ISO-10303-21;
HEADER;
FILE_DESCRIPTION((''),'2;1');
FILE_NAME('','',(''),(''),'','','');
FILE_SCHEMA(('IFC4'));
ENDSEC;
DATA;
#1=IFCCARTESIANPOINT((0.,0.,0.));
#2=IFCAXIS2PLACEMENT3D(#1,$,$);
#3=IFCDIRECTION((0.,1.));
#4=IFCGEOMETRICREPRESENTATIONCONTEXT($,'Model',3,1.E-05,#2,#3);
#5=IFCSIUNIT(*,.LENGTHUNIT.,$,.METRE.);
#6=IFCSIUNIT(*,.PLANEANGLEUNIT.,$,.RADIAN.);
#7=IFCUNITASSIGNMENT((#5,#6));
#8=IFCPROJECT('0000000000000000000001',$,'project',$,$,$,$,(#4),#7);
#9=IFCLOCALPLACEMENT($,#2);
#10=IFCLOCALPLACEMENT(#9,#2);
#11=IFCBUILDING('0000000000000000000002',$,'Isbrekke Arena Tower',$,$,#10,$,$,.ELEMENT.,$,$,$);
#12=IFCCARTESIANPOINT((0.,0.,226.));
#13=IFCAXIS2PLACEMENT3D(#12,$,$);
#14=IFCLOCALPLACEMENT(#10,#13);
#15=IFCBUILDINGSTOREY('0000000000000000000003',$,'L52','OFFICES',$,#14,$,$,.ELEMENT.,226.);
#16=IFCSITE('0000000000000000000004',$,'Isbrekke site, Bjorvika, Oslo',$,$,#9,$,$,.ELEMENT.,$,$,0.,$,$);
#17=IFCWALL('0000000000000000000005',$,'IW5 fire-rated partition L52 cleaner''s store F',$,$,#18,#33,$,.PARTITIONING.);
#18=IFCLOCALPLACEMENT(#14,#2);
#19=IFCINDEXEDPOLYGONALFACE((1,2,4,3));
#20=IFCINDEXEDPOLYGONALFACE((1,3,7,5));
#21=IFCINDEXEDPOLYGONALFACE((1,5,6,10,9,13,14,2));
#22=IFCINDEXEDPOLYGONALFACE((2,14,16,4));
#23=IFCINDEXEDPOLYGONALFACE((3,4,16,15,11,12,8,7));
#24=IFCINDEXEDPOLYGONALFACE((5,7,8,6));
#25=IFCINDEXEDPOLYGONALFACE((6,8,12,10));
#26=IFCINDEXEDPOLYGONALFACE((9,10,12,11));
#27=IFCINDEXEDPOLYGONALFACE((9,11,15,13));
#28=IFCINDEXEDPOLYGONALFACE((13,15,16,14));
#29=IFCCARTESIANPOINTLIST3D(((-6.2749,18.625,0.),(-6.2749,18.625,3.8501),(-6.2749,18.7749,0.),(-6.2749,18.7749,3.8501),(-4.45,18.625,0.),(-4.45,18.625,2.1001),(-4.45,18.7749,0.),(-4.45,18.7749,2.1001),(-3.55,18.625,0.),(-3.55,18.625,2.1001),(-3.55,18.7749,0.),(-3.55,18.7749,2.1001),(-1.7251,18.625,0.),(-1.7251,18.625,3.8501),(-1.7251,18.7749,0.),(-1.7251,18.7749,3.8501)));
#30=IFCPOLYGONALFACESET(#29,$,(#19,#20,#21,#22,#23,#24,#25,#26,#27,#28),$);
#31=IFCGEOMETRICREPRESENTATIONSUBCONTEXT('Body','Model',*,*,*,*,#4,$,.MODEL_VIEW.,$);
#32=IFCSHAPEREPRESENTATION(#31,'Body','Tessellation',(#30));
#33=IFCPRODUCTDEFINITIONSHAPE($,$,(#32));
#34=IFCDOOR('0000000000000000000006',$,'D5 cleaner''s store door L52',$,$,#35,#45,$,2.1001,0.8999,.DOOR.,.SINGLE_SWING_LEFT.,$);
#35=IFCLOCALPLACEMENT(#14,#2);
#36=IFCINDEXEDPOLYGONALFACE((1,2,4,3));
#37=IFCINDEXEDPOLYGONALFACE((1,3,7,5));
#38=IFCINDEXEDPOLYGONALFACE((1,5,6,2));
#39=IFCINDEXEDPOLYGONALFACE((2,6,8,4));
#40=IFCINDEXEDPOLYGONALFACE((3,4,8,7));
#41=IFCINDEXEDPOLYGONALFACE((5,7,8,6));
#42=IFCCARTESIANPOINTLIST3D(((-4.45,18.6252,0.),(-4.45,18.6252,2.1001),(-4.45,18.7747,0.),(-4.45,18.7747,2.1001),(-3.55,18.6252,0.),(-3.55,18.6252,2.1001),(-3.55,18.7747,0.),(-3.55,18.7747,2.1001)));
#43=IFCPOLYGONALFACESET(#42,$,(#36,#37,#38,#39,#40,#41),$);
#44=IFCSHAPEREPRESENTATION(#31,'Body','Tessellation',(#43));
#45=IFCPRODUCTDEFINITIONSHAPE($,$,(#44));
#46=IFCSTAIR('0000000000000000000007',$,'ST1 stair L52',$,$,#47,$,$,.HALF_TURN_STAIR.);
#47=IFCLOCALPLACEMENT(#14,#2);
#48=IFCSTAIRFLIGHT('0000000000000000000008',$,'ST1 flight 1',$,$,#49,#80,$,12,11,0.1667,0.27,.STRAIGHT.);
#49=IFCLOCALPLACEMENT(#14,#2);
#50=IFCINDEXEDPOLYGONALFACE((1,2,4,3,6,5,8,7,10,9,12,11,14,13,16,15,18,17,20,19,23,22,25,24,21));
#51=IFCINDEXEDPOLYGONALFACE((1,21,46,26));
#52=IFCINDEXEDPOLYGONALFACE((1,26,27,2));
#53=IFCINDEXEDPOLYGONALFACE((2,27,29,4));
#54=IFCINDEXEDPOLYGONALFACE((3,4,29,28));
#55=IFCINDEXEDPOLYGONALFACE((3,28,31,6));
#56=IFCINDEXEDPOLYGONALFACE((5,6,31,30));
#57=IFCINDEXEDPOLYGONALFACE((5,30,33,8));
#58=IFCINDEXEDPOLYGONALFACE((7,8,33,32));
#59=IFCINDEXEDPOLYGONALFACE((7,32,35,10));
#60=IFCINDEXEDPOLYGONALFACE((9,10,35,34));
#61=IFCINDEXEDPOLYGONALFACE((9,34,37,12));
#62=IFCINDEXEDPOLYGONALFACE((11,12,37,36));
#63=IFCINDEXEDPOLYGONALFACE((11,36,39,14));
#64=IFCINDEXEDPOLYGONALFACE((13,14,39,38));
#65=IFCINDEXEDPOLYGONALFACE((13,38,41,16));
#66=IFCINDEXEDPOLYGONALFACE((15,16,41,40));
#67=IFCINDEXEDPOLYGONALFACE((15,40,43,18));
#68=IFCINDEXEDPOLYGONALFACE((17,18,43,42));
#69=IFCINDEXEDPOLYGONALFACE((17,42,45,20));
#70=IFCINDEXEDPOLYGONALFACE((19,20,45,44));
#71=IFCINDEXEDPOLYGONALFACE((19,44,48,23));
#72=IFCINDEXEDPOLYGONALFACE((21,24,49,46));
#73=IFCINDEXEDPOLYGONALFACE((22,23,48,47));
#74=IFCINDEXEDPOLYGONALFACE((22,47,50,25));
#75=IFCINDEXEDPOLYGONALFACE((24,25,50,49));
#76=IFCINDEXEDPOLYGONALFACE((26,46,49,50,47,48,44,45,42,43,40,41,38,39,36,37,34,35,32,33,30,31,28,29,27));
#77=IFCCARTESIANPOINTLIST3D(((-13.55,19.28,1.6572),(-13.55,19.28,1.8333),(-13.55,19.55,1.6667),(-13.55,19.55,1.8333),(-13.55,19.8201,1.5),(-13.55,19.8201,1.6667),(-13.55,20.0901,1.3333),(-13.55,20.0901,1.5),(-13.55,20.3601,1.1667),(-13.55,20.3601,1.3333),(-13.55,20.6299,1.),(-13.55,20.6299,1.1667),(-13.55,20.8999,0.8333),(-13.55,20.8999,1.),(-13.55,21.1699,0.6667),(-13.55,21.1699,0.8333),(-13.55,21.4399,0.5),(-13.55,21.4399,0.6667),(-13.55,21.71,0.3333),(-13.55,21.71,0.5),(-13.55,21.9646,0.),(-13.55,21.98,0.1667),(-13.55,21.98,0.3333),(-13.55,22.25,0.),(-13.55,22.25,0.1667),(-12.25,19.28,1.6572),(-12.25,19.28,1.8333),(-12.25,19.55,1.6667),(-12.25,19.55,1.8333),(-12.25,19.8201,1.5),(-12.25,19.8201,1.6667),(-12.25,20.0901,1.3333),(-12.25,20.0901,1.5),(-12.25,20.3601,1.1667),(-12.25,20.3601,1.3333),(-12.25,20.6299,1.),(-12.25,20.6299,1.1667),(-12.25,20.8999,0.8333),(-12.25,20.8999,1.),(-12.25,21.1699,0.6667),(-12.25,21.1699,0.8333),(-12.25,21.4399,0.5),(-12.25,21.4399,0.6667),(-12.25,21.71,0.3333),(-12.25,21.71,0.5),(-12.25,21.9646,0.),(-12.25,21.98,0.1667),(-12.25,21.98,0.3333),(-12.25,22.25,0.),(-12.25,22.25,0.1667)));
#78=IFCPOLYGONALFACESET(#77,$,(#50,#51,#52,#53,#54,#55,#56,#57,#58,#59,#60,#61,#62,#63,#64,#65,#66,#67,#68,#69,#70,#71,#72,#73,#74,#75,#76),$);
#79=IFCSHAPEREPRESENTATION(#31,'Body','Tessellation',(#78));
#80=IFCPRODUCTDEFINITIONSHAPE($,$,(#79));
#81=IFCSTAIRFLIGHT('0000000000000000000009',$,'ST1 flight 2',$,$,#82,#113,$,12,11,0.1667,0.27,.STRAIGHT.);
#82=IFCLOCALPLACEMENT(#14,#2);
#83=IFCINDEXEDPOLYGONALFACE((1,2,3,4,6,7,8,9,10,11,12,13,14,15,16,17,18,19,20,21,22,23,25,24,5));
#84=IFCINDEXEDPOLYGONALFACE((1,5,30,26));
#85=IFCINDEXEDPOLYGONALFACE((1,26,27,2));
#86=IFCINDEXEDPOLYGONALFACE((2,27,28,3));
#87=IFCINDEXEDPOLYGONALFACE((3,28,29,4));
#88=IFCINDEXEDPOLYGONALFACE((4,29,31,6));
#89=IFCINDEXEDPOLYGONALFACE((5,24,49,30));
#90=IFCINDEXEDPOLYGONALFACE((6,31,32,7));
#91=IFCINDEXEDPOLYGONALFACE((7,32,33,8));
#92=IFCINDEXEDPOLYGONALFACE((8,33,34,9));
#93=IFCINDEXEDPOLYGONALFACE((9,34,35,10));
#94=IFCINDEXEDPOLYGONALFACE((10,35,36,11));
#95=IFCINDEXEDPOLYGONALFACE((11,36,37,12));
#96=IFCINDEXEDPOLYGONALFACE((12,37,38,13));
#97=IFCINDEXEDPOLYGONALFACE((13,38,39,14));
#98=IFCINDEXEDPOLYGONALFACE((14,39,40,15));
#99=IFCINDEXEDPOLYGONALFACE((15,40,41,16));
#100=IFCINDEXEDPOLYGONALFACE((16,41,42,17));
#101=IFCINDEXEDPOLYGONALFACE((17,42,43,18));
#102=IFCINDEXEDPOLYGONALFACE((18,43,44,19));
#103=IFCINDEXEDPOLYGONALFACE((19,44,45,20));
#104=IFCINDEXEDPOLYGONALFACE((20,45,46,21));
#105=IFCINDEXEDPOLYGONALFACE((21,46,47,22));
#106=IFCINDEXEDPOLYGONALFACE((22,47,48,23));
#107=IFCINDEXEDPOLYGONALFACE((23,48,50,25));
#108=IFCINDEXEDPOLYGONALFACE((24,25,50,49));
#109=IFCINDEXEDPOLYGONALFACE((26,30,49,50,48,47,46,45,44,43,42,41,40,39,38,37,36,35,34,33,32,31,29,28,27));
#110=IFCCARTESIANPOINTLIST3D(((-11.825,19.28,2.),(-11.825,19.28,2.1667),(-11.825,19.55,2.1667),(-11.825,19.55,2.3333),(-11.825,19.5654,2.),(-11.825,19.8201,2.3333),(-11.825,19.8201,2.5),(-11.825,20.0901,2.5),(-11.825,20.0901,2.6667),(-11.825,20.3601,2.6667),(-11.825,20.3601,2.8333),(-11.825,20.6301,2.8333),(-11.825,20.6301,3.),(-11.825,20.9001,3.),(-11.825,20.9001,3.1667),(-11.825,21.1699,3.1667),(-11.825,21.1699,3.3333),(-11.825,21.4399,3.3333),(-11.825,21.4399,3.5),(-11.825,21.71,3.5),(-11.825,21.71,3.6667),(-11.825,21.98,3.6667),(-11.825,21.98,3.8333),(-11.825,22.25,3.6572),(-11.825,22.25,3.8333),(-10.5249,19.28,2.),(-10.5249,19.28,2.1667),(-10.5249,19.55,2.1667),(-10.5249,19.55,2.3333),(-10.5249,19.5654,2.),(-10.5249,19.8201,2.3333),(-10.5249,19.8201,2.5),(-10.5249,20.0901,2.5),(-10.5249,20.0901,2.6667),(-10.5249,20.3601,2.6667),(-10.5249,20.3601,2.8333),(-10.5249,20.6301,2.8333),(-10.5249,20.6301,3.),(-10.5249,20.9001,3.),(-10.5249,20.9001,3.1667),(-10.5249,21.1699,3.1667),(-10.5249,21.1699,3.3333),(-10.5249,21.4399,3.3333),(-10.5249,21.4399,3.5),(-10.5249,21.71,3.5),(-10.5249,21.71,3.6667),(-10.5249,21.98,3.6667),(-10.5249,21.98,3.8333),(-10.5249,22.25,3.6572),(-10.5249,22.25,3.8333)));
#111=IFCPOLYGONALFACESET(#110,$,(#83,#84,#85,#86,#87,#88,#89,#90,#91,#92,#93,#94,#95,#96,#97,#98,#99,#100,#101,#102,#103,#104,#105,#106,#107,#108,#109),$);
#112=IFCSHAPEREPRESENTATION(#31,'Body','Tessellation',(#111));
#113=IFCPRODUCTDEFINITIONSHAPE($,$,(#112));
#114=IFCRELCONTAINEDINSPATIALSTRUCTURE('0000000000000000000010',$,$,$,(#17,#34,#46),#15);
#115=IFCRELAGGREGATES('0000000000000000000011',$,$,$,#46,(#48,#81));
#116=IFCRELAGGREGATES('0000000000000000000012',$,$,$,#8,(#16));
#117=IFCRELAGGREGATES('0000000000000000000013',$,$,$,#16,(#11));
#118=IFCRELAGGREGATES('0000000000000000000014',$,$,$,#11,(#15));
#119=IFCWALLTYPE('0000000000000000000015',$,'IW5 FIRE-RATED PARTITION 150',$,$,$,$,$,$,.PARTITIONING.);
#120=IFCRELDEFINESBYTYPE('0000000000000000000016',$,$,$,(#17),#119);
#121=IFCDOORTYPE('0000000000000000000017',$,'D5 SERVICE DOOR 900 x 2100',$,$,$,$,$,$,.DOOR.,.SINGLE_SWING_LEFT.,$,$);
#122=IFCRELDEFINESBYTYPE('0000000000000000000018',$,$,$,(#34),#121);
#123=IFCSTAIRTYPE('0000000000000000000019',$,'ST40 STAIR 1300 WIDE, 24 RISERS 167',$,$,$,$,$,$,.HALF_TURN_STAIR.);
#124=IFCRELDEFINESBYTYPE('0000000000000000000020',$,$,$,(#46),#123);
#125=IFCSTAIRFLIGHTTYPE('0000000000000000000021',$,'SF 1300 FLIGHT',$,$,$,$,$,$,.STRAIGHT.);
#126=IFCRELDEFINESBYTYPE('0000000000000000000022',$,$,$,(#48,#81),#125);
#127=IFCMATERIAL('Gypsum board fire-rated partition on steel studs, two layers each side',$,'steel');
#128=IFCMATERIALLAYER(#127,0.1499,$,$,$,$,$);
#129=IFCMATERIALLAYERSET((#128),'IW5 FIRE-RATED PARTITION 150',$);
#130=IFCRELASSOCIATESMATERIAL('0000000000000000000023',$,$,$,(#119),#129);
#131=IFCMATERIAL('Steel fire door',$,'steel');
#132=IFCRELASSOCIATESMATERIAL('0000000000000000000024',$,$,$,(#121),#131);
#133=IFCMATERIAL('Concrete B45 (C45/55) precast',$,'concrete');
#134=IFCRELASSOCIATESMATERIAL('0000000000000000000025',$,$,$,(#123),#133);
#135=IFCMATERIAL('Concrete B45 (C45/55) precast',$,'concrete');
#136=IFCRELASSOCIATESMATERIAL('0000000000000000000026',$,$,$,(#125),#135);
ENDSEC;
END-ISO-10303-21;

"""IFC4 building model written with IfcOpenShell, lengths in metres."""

from ifc_helpers import new_model, si_unit, direction, frame, frame_2d, origin, place, context, subcontext, project, spatial, polyline, rectangle, outline, extrude, material, layer, layer_set, type_object, element, fill, aggregate, save


model = new_model("IFC4")

# Units and contexts
model_context = context("Model", 3, precision=1e-05, world=origin(), true_north=direction((0.0, 1.0)))
body_context = subcontext(model_context, "Body", "Model", "MODEL_VIEW")
ifc_project = project(units=[si_unit("LENGTHUNIT", "METRE"), si_unit("PLANEANGLEUNIT", "RADIAN")], contexts=[model_context])

# Site, building, storey
site_placement = place(None, origin())
site = spatial("IfcSite", under=ifc_project, at=site_placement, Name="Isbrekke site, Bjorvika, Oslo", CompositionType="ELEMENT", RefElevation=0.0)
building_placement = place(site_placement, origin())
building = spatial("IfcBuilding", under=site, at=building_placement, Name="Isbrekke Arena Tower", CompositionType="ELEMENT")
storey_placement = place(building_placement, frame((0.0, 0.0, 226.0)))
storey = spatial("IfcBuildingStorey", under=building, at=storey_placement, Name="L52", Description="OFFICES", CompositionType="ELEMENT", Elevation=226.0)

# Wall, opening, door
ifc_material_1 = material(Name="Gypsum board fire-rated partition on steel studs, two layers each side", Category="steel")
ifc_layer_1 = layer(ifc_material_1, 0.1499)
ifc_layer_set_1 = layer_set([ifc_layer_1], Name="IW5 FIRE-RATED PARTITION 150")
wall_type_1 = type_object("IfcWallType", Name="IW5 FIRE-RATED PARTITION 150", PredefinedType="PARTITIONING", material=ifc_layer_set_1)
wall_1_placement = place(storey_placement, frame((-6.2749, 18.7, 0.0), z_axis=(0.0, 0.0, 1.0), x_axis=(1.0, 0.0, 0.0)))
wall_1 = element("IfcWall", 1, at=wall_1_placement, inside=storey, type_object=wall_type_1, Name="IW5 fire-rated partition L52 cleaner's store F", PredefinedType="PARTITIONING", context=body_context, shape_type="SweptSolid", body=[
    extrude(rectangle(XDim=4.5498, YDim=0.1499, at=frame_2d((2.2749, 0.0))), origin(), (0.0, 0.0, 1.0), 3.8501),
])
opening_1_placement = place(wall_1_placement, frame((1.825, 0.0, 0.0)))
opening_1 = element("IfcOpeningElement", 2, at=opening_1_placement, cuts=wall_1, PredefinedType="OPENING", context=body_context, shape_type="SweptSolid", body=[
    extrude(rectangle(XDim=0.8999, YDim=2.1001, at=frame_2d((0.45, 1.05))), frame((0.0, 0.0898, 0.0), z_axis=(0.0, -1.0, 0.0), x_axis=(1.0, 0.0, 0.0)), (0.0, 0.0, 1.0), 0.1797),
])
ifc_material_2 = material(Name="Steel fire door", Category="steel")
door_type_1 = type_object("IfcDoorType", Name="D5 SERVICE DOOR 900 x 2100", OperationType="SINGLE_SWING_LEFT", PredefinedType="DOOR", material=ifc_material_2)
door_1_placement = place(opening_1_placement, origin())
door_1 = element("IfcDoor", 3, at=door_1_placement, inside=storey, type_object=door_type_1, Name="D5 cleaner's store door L52", OperationType="SINGLE_SWING_LEFT", OverallHeight=2.1001, OverallWidth=0.8999, PredefinedType="DOOR", context=body_context, shape_type="SweptSolid", body=[
    extrude(rectangle(XDim=0.8999, YDim=2.1001, at=frame_2d((0.45, 1.05))), frame((0.0, 0.0747, 0.0), z_axis=(0.0, -1.0, 0.0), x_axis=(1.0, 0.0, 0.0)), (0.0, 0.0, 1.0), 0.1494),
])
fill(opening_1, door_1)

# Stair, stair flights
ifc_material_3 = material(Name="Concrete B45 (C45/55) precast", Category="concrete")
stair_type = type_object("IfcStairType", Name="ST40 STAIR 1300 WIDE, 24 RISERS 167", PredefinedType="HALF_TURN_STAIR", material=ifc_material_3)
stair_placement = place(storey_placement, origin())
stair = element("IfcStair", 4, at=stair_placement, inside=storey, type_object=stair_type, Name="ST1 stair L52", PredefinedType="HALF_TURN_STAIR")
ifc_material_4 = material(Name="Concrete B45 (C45/55) precast", Category="concrete")
stair_flight_type = type_object("IfcStairFlightType", Name="SF 1300 FLIGHT", PredefinedType="STRAIGHT", material=ifc_material_4)
stair_flight_1_placement = place(storey_placement, frame((-12.8999, 22.25, 0.0), z_axis=(0.0, 0.0, 1.0), x_axis=(0.0, -1.0, 0.0)))
stair_flight_1 = element("IfcStairFlight", 5, at=stair_flight_1_placement, type_object=stair_flight_type, Name="ST1 flight 1", NumberOfRisers=12, NumberOfTreads=11, PredefinedType="STRAIGHT", RiserHeight=0.1667, TreadLength=0.27, context=body_context, shape_type="SweptSolid", body=[
    extrude(outline(polyline([(0.0, 0.0), (0.0, 0.1667), (0.27, 0.1667), (0.27, 0.3333), (0.54, 0.3333), (0.54, 0.5), (0.8101, 0.5), (0.8101, 0.6667), (1.0801, 0.6667), (1.0801, 0.8333), (1.3501, 0.8333), (1.3501, 1.0), (1.6201, 1.0), (1.6201, 1.1667), (1.8899, 1.1667), (1.8899, 1.3333), (2.1599, 1.3333), (2.1599, 1.5), (2.4299, 1.5), (2.4299, 1.6667), (2.7, 1.6667), (2.7, 1.8333), (2.97, 1.8333), (2.97, 2.0), (2.97, 1.6572), (0.2854, 0.0), (0.0, 0.0)])), frame((0.0, 0.6499, 0.0), z_axis=(0.0, -1.0, 0.0), x_axis=(1.0, 0.0, 0.0)), (0.0, 0.0, 1.0), 1.3),
])
stair_flight_2_placement = place(storey_placement, frame((-11.175, 19.28, 2.0), z_axis=(0.0, 0.0, 1.0), x_axis=(0.0, 1.0, 0.0)))
stair_flight_2 = element("IfcStairFlight", 6, at=stair_flight_2_placement, type_object=stair_flight_type, Name="ST1 flight 2", NumberOfRisers=12, NumberOfTreads=11, PredefinedType="STRAIGHT", RiserHeight=0.1667, TreadLength=0.27, context=body_context, shape_type="SweptSolid", body=[
    extrude(outline(polyline([(0.0, 0.0), (0.0, 0.1667), (0.27, 0.1667), (0.27, 0.3333), (0.54, 0.3333), (0.54, 0.5), (0.8101, 0.5), (0.8101, 0.6667), (1.0801, 0.6667), (1.0801, 0.8333), (1.3501, 0.8333), (1.3501, 1.0), (1.6201, 1.0), (1.6201, 1.1667), (1.8899, 1.1667), (1.8899, 1.3333), (2.1599, 1.3333), (2.1599, 1.5), (2.4299, 1.5), (2.4299, 1.6667), (2.7, 1.6667), (2.7, 1.8333), (2.97, 1.8333), (2.97, 2.0), (2.97, 1.6572), (0.2854, 0.0), (0.0, 0.0)])), frame((0.0, 0.6499, 0.0), z_axis=(0.0, -1.0, 0.0), x_axis=(1.0, 0.0, 0.0)), (0.0, 0.0, 1.0), 1.3),
])
aggregate(stair, [stair_flight_1, stair_flight_2])

save(model, "model.ifc")
